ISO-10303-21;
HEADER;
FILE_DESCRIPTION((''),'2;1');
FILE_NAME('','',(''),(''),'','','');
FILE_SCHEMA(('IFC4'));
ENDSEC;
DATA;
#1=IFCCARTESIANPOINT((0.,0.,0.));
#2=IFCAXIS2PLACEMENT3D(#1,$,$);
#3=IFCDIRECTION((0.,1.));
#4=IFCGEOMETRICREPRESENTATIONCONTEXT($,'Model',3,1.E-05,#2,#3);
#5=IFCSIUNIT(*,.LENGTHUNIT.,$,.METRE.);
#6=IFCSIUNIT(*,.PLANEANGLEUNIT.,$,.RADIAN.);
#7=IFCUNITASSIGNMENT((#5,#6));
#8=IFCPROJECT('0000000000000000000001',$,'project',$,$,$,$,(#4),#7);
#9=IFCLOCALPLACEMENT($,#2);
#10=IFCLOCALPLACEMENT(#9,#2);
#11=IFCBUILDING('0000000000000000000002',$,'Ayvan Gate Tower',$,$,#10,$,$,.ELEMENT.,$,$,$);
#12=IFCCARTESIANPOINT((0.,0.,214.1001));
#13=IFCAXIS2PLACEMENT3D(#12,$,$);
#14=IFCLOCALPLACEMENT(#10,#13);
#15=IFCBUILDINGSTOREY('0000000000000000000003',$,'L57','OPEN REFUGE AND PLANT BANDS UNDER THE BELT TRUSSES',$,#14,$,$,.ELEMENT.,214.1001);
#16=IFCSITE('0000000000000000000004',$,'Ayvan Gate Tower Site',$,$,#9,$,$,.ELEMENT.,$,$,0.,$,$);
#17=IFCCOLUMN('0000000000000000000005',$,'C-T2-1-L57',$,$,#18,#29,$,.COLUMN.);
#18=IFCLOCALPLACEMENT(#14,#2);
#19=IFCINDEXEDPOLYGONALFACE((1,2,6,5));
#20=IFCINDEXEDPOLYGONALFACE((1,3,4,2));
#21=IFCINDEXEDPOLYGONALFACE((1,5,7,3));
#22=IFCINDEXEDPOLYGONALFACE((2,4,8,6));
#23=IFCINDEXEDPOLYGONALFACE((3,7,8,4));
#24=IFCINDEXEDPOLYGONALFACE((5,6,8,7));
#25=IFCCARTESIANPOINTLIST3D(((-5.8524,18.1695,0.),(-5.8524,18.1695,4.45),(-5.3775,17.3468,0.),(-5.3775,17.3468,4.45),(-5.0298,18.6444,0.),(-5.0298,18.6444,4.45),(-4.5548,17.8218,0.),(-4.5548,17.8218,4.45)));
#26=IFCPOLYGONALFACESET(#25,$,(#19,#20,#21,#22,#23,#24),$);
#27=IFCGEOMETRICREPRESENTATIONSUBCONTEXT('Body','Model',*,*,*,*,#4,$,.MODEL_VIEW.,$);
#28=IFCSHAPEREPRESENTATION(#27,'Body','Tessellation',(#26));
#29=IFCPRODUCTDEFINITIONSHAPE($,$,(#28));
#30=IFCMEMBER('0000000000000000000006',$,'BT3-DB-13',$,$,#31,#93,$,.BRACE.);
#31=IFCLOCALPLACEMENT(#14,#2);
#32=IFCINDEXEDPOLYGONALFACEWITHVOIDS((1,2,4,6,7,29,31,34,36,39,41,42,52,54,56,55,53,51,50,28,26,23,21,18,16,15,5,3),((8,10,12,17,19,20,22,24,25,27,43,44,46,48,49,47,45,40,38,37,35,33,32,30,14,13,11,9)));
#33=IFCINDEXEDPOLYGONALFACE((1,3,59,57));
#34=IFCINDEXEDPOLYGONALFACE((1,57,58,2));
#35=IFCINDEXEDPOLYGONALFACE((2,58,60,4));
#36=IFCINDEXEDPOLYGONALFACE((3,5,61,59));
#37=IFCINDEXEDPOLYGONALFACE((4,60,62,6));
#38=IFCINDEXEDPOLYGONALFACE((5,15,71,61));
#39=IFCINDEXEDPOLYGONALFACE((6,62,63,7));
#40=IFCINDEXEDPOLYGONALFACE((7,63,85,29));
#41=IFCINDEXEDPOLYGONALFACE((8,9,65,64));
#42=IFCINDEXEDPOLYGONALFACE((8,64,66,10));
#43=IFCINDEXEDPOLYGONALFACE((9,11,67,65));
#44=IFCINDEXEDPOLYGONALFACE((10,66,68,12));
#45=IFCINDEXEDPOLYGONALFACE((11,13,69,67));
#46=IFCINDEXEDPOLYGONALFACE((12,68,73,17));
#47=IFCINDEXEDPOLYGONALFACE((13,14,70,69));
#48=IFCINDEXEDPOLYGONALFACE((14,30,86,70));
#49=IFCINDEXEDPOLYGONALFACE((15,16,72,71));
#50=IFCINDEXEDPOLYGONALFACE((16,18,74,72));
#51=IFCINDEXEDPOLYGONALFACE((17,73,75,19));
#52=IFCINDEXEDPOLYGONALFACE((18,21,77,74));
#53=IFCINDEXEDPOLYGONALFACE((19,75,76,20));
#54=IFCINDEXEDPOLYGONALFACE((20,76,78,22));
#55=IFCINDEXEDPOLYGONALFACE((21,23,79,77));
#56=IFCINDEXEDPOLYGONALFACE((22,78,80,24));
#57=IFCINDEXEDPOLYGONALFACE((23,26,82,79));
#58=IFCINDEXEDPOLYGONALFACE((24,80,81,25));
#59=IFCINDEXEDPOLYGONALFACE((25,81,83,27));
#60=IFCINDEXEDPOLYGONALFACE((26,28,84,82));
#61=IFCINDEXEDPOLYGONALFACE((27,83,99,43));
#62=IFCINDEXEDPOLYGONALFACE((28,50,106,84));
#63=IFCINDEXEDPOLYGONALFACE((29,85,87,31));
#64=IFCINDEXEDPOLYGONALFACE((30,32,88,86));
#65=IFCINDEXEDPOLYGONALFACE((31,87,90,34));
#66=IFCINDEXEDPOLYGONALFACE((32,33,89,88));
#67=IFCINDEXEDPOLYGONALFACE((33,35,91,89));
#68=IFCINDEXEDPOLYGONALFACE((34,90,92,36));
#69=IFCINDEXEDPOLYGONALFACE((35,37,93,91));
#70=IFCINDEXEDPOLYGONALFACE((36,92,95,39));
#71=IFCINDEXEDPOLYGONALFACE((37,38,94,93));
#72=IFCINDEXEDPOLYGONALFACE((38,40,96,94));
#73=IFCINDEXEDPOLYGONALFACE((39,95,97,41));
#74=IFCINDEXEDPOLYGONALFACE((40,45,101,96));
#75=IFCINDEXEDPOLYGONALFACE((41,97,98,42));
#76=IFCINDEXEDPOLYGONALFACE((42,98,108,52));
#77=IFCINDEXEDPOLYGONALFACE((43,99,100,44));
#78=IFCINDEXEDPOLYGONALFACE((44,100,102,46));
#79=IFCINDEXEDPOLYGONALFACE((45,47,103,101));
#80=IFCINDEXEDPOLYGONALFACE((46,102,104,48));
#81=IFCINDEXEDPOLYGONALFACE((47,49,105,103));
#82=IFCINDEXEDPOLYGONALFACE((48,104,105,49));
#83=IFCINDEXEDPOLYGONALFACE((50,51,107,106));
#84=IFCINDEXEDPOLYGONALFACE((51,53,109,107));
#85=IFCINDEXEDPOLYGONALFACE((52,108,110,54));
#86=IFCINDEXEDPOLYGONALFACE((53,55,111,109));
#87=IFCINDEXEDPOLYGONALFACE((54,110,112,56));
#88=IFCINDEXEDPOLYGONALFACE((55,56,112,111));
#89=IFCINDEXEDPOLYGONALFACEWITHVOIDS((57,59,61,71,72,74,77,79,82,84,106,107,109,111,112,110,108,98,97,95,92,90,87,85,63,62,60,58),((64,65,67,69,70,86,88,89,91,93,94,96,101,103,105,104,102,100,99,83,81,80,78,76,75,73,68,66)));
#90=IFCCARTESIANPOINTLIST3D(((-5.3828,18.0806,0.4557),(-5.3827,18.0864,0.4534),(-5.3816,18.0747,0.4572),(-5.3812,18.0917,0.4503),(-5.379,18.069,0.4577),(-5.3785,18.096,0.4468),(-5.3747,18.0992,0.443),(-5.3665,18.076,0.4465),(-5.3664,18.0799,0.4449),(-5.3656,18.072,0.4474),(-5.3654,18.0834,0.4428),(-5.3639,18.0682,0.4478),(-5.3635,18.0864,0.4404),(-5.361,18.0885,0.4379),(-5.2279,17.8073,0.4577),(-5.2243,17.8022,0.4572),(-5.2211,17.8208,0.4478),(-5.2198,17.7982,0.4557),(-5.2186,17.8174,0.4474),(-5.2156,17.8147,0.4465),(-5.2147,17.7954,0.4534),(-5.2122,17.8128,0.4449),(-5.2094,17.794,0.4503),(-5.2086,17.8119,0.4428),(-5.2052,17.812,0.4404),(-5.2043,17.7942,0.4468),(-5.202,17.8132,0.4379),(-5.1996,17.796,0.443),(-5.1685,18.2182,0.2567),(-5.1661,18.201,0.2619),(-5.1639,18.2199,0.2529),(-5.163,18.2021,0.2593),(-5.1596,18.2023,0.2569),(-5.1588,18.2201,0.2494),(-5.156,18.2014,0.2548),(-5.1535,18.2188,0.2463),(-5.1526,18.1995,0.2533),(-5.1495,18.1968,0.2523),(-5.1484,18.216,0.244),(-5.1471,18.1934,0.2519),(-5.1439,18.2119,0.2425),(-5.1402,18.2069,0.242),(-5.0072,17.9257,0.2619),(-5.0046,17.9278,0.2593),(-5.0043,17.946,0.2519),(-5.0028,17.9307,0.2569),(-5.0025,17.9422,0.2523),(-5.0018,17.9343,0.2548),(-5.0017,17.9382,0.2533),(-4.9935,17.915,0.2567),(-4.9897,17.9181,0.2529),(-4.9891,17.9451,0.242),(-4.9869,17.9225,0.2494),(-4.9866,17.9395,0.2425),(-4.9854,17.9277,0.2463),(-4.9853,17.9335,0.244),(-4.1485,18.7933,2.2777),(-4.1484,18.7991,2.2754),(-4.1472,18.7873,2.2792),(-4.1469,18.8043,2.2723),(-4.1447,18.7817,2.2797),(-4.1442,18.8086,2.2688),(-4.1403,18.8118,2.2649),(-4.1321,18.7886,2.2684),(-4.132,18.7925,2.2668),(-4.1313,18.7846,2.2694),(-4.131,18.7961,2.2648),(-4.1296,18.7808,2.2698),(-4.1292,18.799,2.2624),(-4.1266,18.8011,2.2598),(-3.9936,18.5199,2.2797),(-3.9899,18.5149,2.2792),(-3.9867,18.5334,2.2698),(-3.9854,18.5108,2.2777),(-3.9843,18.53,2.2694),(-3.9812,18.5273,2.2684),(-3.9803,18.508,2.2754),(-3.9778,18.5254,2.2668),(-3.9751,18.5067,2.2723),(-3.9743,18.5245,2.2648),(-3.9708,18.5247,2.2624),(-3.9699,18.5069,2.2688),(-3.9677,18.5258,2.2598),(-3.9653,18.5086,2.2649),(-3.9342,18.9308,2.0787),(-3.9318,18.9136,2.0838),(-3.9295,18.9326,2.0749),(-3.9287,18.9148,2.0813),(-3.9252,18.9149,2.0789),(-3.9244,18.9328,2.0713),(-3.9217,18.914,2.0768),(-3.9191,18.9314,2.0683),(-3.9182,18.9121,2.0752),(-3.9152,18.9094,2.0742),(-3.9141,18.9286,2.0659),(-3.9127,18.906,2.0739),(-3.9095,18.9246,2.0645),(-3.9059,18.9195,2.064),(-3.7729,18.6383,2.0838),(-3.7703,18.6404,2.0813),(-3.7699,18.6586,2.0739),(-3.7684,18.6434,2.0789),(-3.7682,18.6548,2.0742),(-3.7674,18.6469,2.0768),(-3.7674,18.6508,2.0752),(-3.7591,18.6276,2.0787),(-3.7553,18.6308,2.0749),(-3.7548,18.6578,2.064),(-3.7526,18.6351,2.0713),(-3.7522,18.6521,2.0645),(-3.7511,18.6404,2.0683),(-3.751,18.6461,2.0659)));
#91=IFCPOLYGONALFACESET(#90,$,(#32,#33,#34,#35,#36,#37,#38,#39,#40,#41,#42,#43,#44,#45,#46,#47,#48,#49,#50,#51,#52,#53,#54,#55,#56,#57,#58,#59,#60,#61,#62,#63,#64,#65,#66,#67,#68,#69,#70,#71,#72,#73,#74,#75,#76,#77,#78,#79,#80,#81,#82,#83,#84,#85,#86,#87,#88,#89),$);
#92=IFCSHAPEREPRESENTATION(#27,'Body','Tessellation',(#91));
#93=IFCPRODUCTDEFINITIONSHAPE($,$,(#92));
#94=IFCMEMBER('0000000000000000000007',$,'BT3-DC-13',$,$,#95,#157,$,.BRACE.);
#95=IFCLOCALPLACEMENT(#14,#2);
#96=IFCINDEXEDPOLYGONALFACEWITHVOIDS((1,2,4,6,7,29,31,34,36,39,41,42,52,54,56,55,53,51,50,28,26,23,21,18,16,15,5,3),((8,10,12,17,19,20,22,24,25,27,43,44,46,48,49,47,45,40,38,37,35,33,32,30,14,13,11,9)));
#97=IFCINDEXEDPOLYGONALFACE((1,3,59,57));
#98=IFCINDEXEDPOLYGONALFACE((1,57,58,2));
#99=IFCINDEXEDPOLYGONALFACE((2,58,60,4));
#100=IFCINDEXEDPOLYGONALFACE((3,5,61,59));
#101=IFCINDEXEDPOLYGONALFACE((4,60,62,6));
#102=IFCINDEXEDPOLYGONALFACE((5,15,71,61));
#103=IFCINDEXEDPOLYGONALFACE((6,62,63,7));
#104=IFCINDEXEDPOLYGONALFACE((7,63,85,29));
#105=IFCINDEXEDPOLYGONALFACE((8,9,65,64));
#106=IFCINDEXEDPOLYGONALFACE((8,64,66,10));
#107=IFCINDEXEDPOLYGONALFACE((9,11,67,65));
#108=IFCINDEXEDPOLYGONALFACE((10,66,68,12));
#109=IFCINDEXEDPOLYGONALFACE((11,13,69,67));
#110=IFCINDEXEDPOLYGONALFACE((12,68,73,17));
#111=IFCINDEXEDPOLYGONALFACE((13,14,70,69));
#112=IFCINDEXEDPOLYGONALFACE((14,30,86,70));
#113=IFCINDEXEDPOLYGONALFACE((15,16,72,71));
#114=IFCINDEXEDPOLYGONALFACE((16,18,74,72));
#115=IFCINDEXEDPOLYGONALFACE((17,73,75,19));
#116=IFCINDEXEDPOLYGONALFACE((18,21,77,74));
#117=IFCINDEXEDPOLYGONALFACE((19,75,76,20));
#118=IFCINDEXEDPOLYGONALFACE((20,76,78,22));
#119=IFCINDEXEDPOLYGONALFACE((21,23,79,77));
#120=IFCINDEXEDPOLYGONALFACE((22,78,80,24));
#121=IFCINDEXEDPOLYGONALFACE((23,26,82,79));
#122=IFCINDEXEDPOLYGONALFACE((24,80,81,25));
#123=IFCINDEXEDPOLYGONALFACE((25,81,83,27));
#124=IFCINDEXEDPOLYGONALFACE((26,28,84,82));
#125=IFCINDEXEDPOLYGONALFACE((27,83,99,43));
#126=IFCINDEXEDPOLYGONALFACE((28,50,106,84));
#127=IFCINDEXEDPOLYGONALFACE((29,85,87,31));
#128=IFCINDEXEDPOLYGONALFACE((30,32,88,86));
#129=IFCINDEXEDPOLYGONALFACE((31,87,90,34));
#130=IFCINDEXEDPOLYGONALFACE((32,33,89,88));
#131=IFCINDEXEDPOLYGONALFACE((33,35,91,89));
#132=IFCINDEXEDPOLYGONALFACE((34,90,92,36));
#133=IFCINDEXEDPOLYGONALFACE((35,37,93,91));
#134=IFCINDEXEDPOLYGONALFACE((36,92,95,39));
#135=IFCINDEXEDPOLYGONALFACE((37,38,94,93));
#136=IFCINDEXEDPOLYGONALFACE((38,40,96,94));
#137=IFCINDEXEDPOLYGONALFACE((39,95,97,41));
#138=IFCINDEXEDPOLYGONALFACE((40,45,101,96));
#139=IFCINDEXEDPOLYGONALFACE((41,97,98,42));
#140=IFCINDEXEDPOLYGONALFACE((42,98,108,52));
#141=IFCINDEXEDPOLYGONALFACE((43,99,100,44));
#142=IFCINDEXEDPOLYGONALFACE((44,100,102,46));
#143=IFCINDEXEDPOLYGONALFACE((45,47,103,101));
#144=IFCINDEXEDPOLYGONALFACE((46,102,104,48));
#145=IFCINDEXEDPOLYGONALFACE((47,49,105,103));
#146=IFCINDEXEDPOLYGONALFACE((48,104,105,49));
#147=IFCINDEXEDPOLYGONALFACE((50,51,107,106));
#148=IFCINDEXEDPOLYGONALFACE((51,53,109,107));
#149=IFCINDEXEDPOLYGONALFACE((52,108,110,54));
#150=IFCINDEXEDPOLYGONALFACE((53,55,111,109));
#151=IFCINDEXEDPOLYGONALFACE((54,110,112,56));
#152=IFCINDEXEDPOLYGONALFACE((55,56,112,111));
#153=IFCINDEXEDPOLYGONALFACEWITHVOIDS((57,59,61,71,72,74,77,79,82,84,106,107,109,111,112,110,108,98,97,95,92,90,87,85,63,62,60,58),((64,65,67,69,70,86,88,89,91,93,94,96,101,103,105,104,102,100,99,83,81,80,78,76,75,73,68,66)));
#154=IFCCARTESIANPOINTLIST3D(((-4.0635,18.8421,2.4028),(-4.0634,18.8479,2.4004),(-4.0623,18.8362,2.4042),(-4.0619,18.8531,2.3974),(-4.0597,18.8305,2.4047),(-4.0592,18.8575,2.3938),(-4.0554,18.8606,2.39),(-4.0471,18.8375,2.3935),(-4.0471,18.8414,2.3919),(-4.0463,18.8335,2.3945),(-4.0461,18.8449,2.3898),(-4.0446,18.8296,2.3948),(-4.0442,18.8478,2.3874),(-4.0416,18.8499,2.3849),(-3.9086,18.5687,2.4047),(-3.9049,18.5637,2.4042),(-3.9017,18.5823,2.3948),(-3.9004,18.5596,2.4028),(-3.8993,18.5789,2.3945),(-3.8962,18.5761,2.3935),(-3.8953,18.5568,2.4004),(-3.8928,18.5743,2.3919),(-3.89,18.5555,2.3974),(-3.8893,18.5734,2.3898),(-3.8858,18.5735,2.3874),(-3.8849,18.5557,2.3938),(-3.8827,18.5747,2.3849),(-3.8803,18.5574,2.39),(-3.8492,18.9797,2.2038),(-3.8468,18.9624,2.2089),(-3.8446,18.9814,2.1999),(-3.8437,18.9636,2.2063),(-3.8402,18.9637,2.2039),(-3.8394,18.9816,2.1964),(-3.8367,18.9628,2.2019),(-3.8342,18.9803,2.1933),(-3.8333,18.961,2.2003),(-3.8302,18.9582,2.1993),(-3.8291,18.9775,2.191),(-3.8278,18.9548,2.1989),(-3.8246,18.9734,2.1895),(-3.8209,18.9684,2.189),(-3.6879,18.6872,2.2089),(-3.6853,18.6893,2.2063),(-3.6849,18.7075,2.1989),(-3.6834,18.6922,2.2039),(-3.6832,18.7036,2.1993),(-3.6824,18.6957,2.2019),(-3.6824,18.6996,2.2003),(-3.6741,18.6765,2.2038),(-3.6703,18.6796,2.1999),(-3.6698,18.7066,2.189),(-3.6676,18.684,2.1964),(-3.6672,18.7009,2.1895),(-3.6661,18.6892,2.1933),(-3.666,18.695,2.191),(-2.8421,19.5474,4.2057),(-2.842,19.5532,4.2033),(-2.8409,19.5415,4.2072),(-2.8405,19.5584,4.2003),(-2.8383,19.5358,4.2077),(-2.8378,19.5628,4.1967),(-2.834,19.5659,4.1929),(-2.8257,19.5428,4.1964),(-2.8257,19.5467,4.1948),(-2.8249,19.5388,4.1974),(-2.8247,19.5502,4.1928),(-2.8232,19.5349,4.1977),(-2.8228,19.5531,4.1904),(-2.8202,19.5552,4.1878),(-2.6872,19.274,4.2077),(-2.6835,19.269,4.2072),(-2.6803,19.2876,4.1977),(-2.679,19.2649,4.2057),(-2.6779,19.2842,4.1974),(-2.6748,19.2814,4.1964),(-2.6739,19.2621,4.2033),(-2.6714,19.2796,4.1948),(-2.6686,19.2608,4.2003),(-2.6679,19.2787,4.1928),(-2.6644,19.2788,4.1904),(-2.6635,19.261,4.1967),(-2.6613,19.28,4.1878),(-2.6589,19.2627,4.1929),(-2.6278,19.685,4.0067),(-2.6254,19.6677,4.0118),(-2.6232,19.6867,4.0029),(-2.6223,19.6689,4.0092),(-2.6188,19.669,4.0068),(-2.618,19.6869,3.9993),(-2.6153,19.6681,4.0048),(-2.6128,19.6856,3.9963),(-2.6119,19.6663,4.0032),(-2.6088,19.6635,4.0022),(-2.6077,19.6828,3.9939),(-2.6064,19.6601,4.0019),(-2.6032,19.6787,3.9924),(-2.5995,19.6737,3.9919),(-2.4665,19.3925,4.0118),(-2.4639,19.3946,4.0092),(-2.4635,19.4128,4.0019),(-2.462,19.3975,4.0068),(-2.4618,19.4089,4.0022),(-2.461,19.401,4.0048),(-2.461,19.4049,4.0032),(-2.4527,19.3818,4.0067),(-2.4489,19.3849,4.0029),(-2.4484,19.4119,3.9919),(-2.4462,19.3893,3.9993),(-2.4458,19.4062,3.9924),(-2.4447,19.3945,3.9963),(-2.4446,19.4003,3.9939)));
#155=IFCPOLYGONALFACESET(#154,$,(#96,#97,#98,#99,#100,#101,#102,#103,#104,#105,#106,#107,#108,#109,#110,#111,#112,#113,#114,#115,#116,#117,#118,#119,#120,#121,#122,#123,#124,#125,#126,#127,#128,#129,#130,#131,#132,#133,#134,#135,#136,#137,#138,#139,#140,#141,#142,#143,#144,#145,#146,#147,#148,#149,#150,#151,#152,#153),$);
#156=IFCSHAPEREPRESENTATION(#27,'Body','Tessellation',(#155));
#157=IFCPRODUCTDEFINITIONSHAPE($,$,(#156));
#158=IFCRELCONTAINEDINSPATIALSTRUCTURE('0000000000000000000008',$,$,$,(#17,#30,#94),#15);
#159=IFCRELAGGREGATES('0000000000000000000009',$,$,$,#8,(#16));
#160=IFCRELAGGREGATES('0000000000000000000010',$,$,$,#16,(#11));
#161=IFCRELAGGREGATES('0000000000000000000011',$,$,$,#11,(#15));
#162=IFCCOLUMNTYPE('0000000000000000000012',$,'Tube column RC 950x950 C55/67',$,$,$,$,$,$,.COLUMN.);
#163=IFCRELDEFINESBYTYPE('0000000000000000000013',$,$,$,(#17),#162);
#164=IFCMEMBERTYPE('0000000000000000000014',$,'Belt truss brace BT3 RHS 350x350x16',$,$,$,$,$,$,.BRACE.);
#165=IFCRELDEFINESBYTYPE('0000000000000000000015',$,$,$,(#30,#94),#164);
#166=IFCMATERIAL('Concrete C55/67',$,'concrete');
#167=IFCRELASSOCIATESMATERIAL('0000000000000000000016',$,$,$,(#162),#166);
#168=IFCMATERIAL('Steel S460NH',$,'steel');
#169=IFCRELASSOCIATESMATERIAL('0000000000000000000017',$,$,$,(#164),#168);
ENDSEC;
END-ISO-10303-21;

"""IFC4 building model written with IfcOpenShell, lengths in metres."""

from ifc_helpers import new_model, si_unit, direction, frame, origin, origin_2d, place, context, subcontext, project, spatial, rectangle, hollow_rectangle, extrude, material, material_profile, profile_set, type_object, element, save


model = new_model("IFC4")

# Units and contexts
model_context = context("Model", 3, precision=1e-05, world=origin(), true_north=direction((0.0, 1.0)))
body_context = subcontext(model_context, "Body", "Model", "MODEL_VIEW")
ifc_project = project(units=[si_unit("LENGTHUNIT", "METRE"), si_unit("PLANEANGLEUNIT", "RADIAN")], contexts=[model_context])

# Site, building, storey
site_placement = place(None, origin())
site = spatial("IfcSite", under=ifc_project, at=site_placement, Name="Ayvan Gate Tower Site", CompositionType="ELEMENT", RefElevation=0.0)
building_placement = place(site_placement, origin())
building = spatial("IfcBuilding", under=site, at=building_placement, Name="Ayvan Gate Tower", CompositionType="ELEMENT")
storey_placement = place(building_placement, frame((0.0, 0.0, 214.1001)))
storey = spatial("IfcBuildingStorey", under=building, at=storey_placement, Name="L57", Description="OPEN REFUGE AND PLANT BANDS UNDER THE BELT TRUSSES", CompositionType="ELEMENT", Elevation=214.1001)

# Column
ifc_material_1 = material(Name="Concrete C55/67", Category="concrete")
ifc_material_profile_1 = material_profile(ifc_material_1, rectangle(XDim=0.95, YDim=0.95, at=origin_2d()), Name="RC 950x950")
ifc_profile_set_1 = profile_set([ifc_material_profile_1], Name="Concrete C55/67")
column_type = type_object("IfcColumnType", Name="Tube column RC 950x950 C55/67", PredefinedType="COLUMN", material=ifc_profile_set_1)
column_placement = place(storey_placement, frame((-5.2036, 17.9956, 0.0), z_axis=(0.0, 0.0, 1.0), x_axis=(-0.5, 0.866025, 0.0)))
element("IfcColumn", 1, at=column_placement, inside=storey, type_object=column_type, Name="C-T2-1-L57", PredefinedType="COLUMN", context=body_context, shape_type="SweptSolid", body=[
    extrude(rectangle(XDim=0.95, YDim=0.95, at=origin_2d()), origin(), (0.0, 0.0, 1.0), 4.45),
])

# Members
ifc_material_2 = material(Name="Steel S460NH", Category="steel")
ifc_material_profile_2 = material_profile(ifc_material_2, hollow_rectangle(XDim=0.3501, YDim=0.3501, WallThickness=0.0161, InnerFilletRadius=0.0161, OuterFilletRadius=0.0239, at=origin_2d()), Name="RHS 350x350x16")
ifc_profile_set_2 = profile_set([ifc_material_profile_2], Name="Steel S460NH")
member_type_1 = type_object("IfcMemberType", Name="Belt truss brace BT3 RHS 350x350x16", PredefinedType="BRACE", material=ifc_profile_set_2)
member_1_placement = place(storey_placement, frame((-5.1841, 18.0071, 0.3499), z_axis=(0.533602, 0.308066, 0.787632), x_axis=(-0.499989, 0.866032, 0.0)))
element("IfcMember", 2, at=member_1_placement, inside=storey, type_object=member_type_1, Name="BT3-DB-13", PredefinedType="BRACE", context=body_context, shape_type="SweptSolid", body=[
    extrude(hollow_rectangle(XDim=0.3501, YDim=0.3501, WallThickness=0.0161, InnerFilletRadius=0.0161, OuterFilletRadius=0.0239, at=origin_2d()), origin(), (0.0, 0.0, 1.0), 2.3132),
])
member_2_placement = place(storey_placement, frame((-3.8647, 18.7686, 2.2969), z_axis=(0.533581, 0.308118, 0.787626), x_axis=(-0.500067, 0.865987, 0.0)))
element("IfcMember", 3, at=member_2_placement, inside=storey, type_object=member_type_1, Name="BT3-DC-13", PredefinedType="BRACE", context=body_context, shape_type="SweptSolid", body=[
    extrude(hollow_rectangle(XDim=0.3501, YDim=0.3501, WallThickness=0.0161, InnerFilletRadius=0.0161, OuterFilletRadius=0.0239, at=origin_2d()), origin(), (0.0, 0.0, 1.0), 2.2891),
])

save(model, "model.ifc")
